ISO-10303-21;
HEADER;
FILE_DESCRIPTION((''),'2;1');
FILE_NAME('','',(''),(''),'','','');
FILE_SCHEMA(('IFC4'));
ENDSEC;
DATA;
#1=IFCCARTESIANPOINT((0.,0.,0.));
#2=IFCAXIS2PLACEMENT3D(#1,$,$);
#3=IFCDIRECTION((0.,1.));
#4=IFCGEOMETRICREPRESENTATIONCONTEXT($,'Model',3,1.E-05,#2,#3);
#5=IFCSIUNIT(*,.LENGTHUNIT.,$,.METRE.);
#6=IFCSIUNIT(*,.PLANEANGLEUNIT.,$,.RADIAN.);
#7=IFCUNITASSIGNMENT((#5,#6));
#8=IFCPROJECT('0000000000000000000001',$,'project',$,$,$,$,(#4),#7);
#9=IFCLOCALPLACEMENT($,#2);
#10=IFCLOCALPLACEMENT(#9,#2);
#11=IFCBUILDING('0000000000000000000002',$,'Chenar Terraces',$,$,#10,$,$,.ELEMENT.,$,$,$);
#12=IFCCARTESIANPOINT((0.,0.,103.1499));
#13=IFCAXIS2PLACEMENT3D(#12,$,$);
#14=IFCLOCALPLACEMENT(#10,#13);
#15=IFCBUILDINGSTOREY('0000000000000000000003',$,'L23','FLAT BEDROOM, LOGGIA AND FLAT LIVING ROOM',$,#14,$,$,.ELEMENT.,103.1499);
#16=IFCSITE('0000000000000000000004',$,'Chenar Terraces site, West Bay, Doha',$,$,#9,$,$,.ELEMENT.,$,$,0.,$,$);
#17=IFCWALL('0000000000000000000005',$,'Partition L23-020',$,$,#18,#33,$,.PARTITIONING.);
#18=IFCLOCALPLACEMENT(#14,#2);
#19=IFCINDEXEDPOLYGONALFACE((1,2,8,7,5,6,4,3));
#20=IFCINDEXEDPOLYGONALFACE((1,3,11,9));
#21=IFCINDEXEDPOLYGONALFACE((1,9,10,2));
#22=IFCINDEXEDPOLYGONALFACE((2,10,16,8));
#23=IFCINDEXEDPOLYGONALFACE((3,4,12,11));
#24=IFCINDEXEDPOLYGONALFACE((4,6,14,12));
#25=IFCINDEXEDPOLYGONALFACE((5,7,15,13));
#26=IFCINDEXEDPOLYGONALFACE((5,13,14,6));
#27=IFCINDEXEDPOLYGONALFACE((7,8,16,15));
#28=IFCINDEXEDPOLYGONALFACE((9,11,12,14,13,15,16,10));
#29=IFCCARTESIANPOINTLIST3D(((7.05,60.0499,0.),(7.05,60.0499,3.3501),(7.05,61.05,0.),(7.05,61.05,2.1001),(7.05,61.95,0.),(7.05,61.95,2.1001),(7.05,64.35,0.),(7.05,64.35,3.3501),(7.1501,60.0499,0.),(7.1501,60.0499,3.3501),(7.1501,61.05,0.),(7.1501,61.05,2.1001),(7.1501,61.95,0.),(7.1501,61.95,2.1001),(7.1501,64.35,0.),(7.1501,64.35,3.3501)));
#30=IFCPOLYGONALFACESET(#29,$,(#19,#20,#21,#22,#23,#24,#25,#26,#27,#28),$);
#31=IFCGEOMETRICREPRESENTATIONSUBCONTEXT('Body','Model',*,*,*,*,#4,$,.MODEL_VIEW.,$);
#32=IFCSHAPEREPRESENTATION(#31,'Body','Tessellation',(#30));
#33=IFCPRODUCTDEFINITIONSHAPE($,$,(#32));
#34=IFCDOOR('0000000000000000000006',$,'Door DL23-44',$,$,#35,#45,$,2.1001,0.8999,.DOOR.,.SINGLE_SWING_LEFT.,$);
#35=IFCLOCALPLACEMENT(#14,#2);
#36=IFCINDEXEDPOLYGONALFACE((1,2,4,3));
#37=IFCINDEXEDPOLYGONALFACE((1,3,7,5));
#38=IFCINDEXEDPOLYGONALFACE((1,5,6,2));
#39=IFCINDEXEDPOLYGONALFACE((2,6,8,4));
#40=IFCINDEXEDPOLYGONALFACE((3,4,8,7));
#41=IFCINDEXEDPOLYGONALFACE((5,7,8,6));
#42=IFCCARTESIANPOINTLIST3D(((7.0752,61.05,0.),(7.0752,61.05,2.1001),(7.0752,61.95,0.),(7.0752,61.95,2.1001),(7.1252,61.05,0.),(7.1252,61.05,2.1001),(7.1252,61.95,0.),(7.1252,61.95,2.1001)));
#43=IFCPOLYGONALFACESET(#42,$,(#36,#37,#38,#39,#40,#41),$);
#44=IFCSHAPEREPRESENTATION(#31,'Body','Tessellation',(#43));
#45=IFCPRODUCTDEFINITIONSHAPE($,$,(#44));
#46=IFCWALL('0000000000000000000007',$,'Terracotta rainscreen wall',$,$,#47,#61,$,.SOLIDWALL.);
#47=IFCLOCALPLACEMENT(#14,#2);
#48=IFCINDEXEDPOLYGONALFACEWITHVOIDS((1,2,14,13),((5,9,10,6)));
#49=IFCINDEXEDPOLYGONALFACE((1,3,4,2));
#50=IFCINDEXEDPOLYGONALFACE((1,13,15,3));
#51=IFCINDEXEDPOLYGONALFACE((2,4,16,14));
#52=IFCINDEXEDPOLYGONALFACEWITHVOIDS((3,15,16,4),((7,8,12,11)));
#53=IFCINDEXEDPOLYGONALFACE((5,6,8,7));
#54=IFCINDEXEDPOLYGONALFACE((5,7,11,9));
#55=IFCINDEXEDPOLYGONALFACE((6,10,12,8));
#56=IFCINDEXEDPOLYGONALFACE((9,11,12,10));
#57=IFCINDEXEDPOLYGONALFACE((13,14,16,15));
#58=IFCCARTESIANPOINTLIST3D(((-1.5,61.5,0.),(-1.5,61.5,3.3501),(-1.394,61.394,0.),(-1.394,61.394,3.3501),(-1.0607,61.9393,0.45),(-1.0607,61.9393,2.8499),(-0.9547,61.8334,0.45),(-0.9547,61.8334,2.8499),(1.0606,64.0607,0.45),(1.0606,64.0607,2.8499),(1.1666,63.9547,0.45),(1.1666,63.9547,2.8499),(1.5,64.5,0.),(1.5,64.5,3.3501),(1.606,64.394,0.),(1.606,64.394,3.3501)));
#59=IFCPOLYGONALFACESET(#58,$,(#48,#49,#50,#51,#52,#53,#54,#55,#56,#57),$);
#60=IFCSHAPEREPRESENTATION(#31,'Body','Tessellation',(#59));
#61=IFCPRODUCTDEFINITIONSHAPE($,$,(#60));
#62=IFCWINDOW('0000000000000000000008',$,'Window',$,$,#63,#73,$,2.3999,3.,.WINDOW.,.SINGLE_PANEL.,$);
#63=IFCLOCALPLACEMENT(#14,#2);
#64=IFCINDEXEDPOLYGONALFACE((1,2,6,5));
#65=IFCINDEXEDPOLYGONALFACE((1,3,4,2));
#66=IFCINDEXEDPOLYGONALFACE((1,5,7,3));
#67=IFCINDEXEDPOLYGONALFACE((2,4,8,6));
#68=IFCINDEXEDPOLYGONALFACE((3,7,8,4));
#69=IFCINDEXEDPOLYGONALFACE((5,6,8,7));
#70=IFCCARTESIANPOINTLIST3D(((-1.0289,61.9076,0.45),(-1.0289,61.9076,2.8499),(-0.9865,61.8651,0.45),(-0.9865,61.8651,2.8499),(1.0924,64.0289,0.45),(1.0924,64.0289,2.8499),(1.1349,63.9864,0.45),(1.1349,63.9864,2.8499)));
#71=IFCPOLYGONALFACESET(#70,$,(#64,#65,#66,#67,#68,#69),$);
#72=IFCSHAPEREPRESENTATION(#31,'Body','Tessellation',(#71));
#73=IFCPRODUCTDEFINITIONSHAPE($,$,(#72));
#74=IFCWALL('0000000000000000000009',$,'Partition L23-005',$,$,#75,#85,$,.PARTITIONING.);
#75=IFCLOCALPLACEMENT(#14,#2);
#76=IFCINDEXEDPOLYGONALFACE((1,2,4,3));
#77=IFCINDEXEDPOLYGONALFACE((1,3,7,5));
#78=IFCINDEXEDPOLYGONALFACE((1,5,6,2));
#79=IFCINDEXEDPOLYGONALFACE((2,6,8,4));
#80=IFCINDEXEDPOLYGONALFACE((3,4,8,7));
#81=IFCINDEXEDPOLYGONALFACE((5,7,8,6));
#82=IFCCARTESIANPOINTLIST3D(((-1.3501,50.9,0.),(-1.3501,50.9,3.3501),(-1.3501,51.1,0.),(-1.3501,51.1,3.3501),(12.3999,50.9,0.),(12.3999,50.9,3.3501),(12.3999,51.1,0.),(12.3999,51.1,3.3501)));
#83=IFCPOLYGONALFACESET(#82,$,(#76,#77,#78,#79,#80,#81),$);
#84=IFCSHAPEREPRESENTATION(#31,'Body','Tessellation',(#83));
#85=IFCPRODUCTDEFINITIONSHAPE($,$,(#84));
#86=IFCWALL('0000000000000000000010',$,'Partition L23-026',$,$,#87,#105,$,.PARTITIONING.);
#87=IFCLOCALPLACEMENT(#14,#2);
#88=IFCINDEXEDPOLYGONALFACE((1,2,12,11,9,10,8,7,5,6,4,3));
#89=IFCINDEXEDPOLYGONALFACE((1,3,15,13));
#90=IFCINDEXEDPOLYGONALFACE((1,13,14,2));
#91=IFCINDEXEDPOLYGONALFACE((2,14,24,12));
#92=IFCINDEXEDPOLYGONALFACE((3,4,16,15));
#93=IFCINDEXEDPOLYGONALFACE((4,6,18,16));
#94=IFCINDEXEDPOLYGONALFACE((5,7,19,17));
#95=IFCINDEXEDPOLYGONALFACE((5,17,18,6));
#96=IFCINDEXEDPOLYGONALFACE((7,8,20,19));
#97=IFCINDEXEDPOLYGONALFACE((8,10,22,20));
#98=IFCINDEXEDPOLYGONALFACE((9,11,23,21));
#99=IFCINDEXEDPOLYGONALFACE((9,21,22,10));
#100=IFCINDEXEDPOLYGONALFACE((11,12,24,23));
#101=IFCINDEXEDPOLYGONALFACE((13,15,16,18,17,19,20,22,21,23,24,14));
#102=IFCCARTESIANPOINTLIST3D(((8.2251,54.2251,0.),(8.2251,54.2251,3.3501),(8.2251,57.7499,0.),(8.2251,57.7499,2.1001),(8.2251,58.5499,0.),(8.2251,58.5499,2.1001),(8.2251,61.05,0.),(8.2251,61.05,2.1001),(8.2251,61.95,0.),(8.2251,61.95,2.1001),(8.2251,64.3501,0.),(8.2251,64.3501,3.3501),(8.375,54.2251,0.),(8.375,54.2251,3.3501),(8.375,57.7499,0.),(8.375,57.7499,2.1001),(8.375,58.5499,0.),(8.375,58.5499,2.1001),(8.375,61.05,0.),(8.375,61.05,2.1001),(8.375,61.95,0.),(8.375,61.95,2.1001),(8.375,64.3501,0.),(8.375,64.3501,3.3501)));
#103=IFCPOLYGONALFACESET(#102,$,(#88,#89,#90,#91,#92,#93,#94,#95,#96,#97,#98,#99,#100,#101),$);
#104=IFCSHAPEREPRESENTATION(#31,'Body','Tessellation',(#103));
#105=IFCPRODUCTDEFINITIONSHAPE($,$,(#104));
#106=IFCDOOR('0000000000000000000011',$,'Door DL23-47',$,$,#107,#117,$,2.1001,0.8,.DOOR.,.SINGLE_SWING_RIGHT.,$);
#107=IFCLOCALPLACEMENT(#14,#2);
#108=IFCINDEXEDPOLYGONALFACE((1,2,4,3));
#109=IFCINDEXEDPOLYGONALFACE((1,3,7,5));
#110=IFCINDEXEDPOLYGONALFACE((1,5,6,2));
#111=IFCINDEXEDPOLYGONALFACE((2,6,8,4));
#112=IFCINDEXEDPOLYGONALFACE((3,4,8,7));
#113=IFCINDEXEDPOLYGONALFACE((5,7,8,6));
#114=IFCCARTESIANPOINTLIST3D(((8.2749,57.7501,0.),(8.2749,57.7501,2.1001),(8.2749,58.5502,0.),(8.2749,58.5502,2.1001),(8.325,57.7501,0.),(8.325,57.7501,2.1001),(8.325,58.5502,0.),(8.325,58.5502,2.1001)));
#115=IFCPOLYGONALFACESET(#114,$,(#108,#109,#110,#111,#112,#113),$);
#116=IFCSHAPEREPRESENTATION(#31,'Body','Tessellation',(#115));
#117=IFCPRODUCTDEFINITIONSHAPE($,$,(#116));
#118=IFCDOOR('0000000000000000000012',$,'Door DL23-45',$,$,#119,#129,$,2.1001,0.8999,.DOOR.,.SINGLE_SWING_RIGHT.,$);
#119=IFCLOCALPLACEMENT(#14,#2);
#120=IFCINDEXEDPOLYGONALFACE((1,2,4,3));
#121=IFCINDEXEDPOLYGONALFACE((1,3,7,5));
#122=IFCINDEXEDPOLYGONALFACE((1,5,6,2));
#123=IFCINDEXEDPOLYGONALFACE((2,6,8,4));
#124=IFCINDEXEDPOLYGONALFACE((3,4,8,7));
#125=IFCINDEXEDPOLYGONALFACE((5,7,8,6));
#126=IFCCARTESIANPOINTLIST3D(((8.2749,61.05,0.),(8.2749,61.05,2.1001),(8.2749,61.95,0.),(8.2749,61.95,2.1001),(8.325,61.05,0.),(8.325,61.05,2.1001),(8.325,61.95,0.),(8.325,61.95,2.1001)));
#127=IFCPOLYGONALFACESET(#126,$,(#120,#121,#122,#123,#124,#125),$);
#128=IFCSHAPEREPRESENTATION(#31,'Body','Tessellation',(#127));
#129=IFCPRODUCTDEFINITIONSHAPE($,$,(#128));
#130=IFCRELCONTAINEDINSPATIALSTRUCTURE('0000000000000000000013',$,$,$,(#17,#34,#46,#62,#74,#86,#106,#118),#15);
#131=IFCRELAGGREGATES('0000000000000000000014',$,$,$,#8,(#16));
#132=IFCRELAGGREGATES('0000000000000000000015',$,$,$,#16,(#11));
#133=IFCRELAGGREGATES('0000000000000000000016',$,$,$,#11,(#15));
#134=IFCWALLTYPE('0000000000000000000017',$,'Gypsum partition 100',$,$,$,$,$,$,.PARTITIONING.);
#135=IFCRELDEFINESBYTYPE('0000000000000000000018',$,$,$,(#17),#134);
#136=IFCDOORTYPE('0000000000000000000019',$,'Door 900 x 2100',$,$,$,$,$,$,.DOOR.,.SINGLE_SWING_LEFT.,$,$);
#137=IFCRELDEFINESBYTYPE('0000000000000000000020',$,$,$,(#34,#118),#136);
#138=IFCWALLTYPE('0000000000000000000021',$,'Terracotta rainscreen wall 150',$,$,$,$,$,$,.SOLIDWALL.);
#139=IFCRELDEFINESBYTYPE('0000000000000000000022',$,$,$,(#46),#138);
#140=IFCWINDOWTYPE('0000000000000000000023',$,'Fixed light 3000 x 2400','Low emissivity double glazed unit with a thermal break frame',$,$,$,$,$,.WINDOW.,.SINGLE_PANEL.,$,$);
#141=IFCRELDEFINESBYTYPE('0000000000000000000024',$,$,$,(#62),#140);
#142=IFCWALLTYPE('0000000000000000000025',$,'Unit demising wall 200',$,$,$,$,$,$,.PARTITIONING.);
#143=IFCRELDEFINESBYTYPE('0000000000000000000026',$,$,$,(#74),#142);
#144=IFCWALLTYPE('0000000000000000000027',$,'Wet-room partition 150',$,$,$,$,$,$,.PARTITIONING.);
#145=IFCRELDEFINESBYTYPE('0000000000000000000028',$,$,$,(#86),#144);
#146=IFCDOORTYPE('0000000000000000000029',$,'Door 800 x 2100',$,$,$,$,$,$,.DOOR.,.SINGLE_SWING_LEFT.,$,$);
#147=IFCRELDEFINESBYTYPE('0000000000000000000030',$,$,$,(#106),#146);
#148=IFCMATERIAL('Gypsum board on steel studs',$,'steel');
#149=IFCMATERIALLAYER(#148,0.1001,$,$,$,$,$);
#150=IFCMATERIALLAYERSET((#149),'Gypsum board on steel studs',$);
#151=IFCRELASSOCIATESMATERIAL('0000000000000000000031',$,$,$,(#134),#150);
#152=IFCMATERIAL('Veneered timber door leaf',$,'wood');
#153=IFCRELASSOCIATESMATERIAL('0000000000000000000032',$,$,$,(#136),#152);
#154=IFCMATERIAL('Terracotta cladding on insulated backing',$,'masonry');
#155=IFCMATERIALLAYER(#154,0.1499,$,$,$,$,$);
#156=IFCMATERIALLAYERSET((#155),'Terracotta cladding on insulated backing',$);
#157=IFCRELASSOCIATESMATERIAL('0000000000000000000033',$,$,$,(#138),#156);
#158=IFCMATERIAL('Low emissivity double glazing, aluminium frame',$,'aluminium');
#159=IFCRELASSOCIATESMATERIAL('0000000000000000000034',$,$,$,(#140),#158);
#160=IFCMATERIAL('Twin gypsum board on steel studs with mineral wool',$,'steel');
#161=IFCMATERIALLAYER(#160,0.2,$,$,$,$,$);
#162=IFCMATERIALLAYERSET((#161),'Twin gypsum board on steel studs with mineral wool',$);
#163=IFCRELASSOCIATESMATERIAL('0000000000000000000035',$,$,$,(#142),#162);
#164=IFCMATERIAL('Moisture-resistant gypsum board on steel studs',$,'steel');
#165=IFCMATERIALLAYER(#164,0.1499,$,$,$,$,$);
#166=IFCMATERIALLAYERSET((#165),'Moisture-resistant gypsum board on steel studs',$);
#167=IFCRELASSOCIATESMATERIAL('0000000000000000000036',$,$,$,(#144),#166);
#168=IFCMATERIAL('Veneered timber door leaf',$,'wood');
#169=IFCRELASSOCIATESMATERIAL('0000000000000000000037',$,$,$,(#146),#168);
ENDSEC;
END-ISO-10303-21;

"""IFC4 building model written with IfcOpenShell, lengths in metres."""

from ifc_helpers import new_model, si_unit, direction, frame, frame_2d, origin, place, context, subcontext, project, spatial, rectangle, extrude, material, layer, layer_set, type_object, element, fill, save


model = new_model("IFC4")

# Units and contexts
model_context = context("Model", 3, precision=1e-05, world=origin(), true_north=direction((0.0, 1.0)))
body_context = subcontext(model_context, "Body", "Model", "MODEL_VIEW")
ifc_project = project(units=[si_unit("LENGTHUNIT", "METRE"), si_unit("PLANEANGLEUNIT", "RADIAN")], contexts=[model_context])

# Site, building, storey
site_placement = place(None, origin())
site = spatial("IfcSite", under=ifc_project, at=site_placement, Name="Chenar Terraces site, West Bay, Doha", CompositionType="ELEMENT", RefElevation=0.0)
building_placement = place(site_placement, origin())
building = spatial("IfcBuilding", under=site, at=building_placement, Name="Chenar Terraces", CompositionType="ELEMENT")
storey_placement = place(building_placement, frame((0.0, 0.0, 103.1499)))
storey = spatial("IfcBuildingStorey", under=building, at=storey_placement, Name="L23", Description="FLAT BEDROOM, LOGGIA AND FLAT LIVING ROOM", CompositionType="ELEMENT", Elevation=103.1499)

# Shared definitions
ifc_material_1 = material(Name="Gypsum board on steel studs", Category="steel")
ifc_layer_1 = layer(ifc_material_1, 0.1001)
ifc_layer_set_1 = layer_set([ifc_layer_1], Name="Gypsum board on steel studs")
wall_type_1 = type_object("IfcWallType", Name="Gypsum partition 100", PredefinedType="PARTITIONING", material=ifc_layer_set_1)

# Wall, opening, door
ifc_material_2 = material(Name="Veneered timber door leaf", Category="wood")
door_type_1 = type_object("IfcDoorType", Name="Door 900 x 2100", OperationType="SINGLE_SWING_LEFT", PredefinedType="DOOR", material=ifc_material_2)
wall_1_placement = place(storey_placement, frame((7.1001, 60.05, 0.0), z_axis=(0.0, 0.0, 1.0), x_axis=(0.0, 1.0, 0.0)))
wall_1 = element("IfcWall", 1, at=wall_1_placement, inside=storey, type_object=wall_type_1, Name="Partition L23-020", PredefinedType="PARTITIONING", context=body_context, shape_type="SweptSolid", body=[
    extrude(rectangle(XDim=4.3, YDim=0.1001, at=frame_2d((2.1499, 0.0))), origin(), (0.0, 0.0, 1.0), 3.3501),
])
opening_1_placement = place(wall_1_placement, frame((1.0, 0.0, 0.0)))
opening_1 = element("IfcOpeningElement", 2, at=opening_1_placement, cuts=wall_1, PredefinedType="OPENING", context=body_context, shape_type="SweptSolid", body=[
    extrude(rectangle(XDim=0.8999, YDim=2.1001, at=frame_2d((0.45, 1.05))), frame((0.0, 0.0601, 0.0), z_axis=(0.0, -1.0, 0.0), x_axis=(1.0, 0.0, 0.0)), (0.0, 0.0, 1.0), 0.1201),
])
door_1_placement = place(opening_1_placement, origin())
door_1 = element("IfcDoor", 3, at=door_1_placement, inside=storey, type_object=door_type_1, Name="Door DL23-44", OperationType="SINGLE_SWING_LEFT", OverallHeight=2.1001, OverallWidth=0.8999, PredefinedType="DOOR", context=body_context, shape_type="SweptSolid", body=[
    extrude(rectangle(XDim=0.8999, YDim=2.1001, at=frame_2d((0.45, 1.05))), frame((0.0, 0.0249, 0.0), z_axis=(0.0, -1.0, 0.0), x_axis=(1.0, 0.0, 0.0)), (0.0, 0.0, 1.0), 0.05),
])
fill(opening_1, door_1)

# Wall, opening, window
ifc_material_3 = material(Name="Terracotta cladding on insulated backing", Category="masonry")
ifc_layer_2 = layer(ifc_material_3, 0.1499)
ifc_layer_set_2 = layer_set([ifc_layer_2], Name="Terracotta cladding on insulated backing")
wall_type_2 = type_object("IfcWallType", Name="Terracotta rainscreen wall 150", PredefinedType="SOLIDWALL", material=ifc_layer_set_2)
wall_2_placement = place(storey_placement, frame((1.553, 64.447, 0.0), z_axis=(0.0, 0.0, 1.0), x_axis=(-0.707107, -0.707107, 0.0)))
wall_2 = element("IfcWall", 4, at=wall_2_placement, inside=storey, type_object=wall_type_2, Name="Terracotta rainscreen wall", PredefinedType="SOLIDWALL", context=body_context, shape_type="SweptSolid", body=[
    extrude(rectangle(XDim=4.2427, YDim=0.1499, at=frame_2d((2.1213, 0.0))), origin(), (0.0, 0.0, 1.0), 3.3501),
])
opening_2_placement = place(wall_2_placement, frame((0.6213, 0.0, 0.45)))
opening_2 = element("IfcOpeningElement", 5, at=opening_2_placement, cuts=wall_2, PredefinedType="OPENING", context=body_context, shape_type="SweptSolid", body=[
    extrude(rectangle(XDim=3.0, YDim=2.3999, at=frame_2d((1.5, 1.2))), frame((0.0, 0.085, 0.0), z_axis=(0.0, -1.0, 0.0), x_axis=(1.0, 0.0, 0.0)), (0.0, 0.0, 1.0), 0.1699),
])
ifc_material_4 = material(Name="Low emissivity double glazing, aluminium frame", Category="aluminium")
window_type_1 = type_object("IfcWindowType", Name="Fixed light 3000 x 2400", Description="Low emissivity double glazed unit with a thermal break frame", PartitioningType="SINGLE_PANEL", PredefinedType="WINDOW", material=ifc_material_4)
window_1_placement = place(opening_2_placement, origin())
window_1 = element("IfcWindow", 6, at=window_1_placement, inside=storey, type_object=window_type_1, Name="Window", OverallHeight=2.3999, OverallWidth=3.0, PartitioningType="SINGLE_PANEL", PredefinedType="WINDOW", context=body_context, shape_type="SweptSolid", body=[
    extrude(rectangle(XDim=3.0, YDim=2.3999, at=frame_2d((1.5, 1.2))), frame((0.0, 0.03, 0.0), z_axis=(0.0, -1.0, 0.0), x_axis=(1.0, 0.0, 0.0)), (0.0, 0.0, 1.0), 0.0601),
])
fill(opening_2, window_1)

# Wall
ifc_material_5 = material(Name="Twin gypsum board on steel studs with mineral wool", Category="steel")
ifc_layer_3 = layer(ifc_material_5, 0.2)
ifc_layer_set_3 = layer_set([ifc_layer_3], Name="Twin gypsum board on steel studs with mineral wool")
wall_type_3 = type_object("IfcWallType", Name="Unit demising wall 200", PredefinedType="PARTITIONING", material=ifc_layer_set_3)
wall_3_placement = place(storey_placement, frame((-1.3501, 51.0, 0.0), z_axis=(0.0, 0.0, 1.0), x_axis=(1.0, 0.0, 0.0)))
element("IfcWall", 7, at=wall_3_placement, inside=storey, type_object=wall_type_3, Name="Partition L23-005", PredefinedType="PARTITIONING", context=body_context, shape_type="SweptSolid", body=[
    extrude(rectangle(XDim=13.75, YDim=0.2, at=frame_2d((6.875, 0.0))), origin(), (0.0, 0.0, 1.0), 3.3501),
])

# Wall, openings, doors
ifc_material_6 = material(Name="Moisture-resistant gypsum board on steel studs", Category="steel")
ifc_layer_4 = layer(ifc_material_6, 0.1499)
ifc_layer_set_4 = layer_set([ifc_layer_4], Name="Moisture-resistant gypsum board on steel studs")
wall_type_4 = type_object("IfcWallType", Name="Wet-room partition 150", PredefinedType="PARTITIONING", material=ifc_layer_set_4)
wall_4_placement = place(storey_placement, frame((8.3, 54.2251, 0.0), z_axis=(0.0, 0.0, 1.0), x_axis=(0.0, 1.0, 0.0)))
wall_4 = element("IfcWall", 8, at=wall_4_placement, inside=storey, type_object=wall_type_4, Name="Partition L23-026", PredefinedType="PARTITIONING", context=body_context, shape_type="SweptSolid", body=[
    extrude(rectangle(XDim=10.125, YDim=0.1499, at=frame_2d((5.0625, 0.0))), origin(), (0.0, 0.0, 1.0), 3.3501),
])
opening_3_placement = place(wall_4_placement, frame((6.825, 0.0, 0.0)))
opening_3 = element("IfcOpeningElement", 9, at=opening_3_placement, cuts=wall_4, PredefinedType="OPENING", context=body_context, shape_type="SweptSolid", body=[
    extrude(rectangle(XDim=0.8999, YDim=2.1001, at=frame_2d((0.45, 1.05))), frame((0.0, 0.085, 0.0), z_axis=(0.0, -1.0, 0.0), x_axis=(1.0, 0.0, 0.0)), (0.0, 0.0, 1.0), 0.1699),
])
opening_4_placement = place(wall_4_placement, frame((3.5249, 0.0, 0.0)))
opening_4 = element("IfcOpeningElement", 10, at=opening_4_placement, cuts=wall_4, PredefinedType="OPENING", context=body_context, shape_type="SweptSolid", body=[
    extrude(rectangle(XDim=0.8, YDim=2.1001, at=frame_2d((0.3999, 1.05))), frame((0.0, 0.085, 0.0), z_axis=(0.0, -1.0, 0.0), x_axis=(1.0, 0.0, 0.0)), (0.0, 0.0, 1.0), 0.1699),
])
ifc_material_7 = material(Name="Veneered timber door leaf", Category="wood")
door_type_2 = type_object("IfcDoorType", Name="Door 800 x 2100", OperationType="SINGLE_SWING_LEFT", PredefinedType="DOOR", material=ifc_material_7)
door_2_placement = place(opening_4_placement, frame((0.8, 0.0, 0.0), z_axis=(0.0, 0.0, 1.0), x_axis=(-1.0, 0.0, 0.0)))
door_2 = element("IfcDoor", 11, at=door_2_placement, inside=storey, type_object=door_type_2, Name="Door DL23-47", OperationType="SINGLE_SWING_RIGHT", OverallHeight=2.1001, OverallWidth=0.8, PredefinedType="DOOR", context=body_context, shape_type="SweptSolid", body=[
    extrude(rectangle(XDim=0.8, YDim=2.1001, at=frame_2d((0.3999, 1.05))), frame((0.0, 0.0249, 0.0), z_axis=(0.0, -1.0, 0.0), x_axis=(1.0, 0.0, 0.0)), (0.0, 0.0, 1.0), 0.05),
])
fill(opening_4, door_2)
door_3_placement = place(opening_3_placement, frame((0.8999, 0.0, 0.0), z_axis=(0.0, 0.0, 1.0), x_axis=(-1.0, 0.0, 0.0)))
door_3 = element("IfcDoor", 12, at=door_3_placement, inside=storey, type_object=door_type_1, Name="Door DL23-45", OperationType="SINGLE_SWING_RIGHT", OverallHeight=2.1001, OverallWidth=0.8999, PredefinedType="DOOR", context=body_context, shape_type="SweptSolid", body=[
    extrude(rectangle(XDim=0.8999, YDim=2.1001, at=frame_2d((0.45, 1.05))), frame((0.0, 0.0249, 0.0), z_axis=(0.0, -1.0, 0.0), x_axis=(1.0, 0.0, 0.0)), (0.0, 0.0, 1.0), 0.05),
])
fill(opening_3, door_3)

save(model, "model.ifc")
